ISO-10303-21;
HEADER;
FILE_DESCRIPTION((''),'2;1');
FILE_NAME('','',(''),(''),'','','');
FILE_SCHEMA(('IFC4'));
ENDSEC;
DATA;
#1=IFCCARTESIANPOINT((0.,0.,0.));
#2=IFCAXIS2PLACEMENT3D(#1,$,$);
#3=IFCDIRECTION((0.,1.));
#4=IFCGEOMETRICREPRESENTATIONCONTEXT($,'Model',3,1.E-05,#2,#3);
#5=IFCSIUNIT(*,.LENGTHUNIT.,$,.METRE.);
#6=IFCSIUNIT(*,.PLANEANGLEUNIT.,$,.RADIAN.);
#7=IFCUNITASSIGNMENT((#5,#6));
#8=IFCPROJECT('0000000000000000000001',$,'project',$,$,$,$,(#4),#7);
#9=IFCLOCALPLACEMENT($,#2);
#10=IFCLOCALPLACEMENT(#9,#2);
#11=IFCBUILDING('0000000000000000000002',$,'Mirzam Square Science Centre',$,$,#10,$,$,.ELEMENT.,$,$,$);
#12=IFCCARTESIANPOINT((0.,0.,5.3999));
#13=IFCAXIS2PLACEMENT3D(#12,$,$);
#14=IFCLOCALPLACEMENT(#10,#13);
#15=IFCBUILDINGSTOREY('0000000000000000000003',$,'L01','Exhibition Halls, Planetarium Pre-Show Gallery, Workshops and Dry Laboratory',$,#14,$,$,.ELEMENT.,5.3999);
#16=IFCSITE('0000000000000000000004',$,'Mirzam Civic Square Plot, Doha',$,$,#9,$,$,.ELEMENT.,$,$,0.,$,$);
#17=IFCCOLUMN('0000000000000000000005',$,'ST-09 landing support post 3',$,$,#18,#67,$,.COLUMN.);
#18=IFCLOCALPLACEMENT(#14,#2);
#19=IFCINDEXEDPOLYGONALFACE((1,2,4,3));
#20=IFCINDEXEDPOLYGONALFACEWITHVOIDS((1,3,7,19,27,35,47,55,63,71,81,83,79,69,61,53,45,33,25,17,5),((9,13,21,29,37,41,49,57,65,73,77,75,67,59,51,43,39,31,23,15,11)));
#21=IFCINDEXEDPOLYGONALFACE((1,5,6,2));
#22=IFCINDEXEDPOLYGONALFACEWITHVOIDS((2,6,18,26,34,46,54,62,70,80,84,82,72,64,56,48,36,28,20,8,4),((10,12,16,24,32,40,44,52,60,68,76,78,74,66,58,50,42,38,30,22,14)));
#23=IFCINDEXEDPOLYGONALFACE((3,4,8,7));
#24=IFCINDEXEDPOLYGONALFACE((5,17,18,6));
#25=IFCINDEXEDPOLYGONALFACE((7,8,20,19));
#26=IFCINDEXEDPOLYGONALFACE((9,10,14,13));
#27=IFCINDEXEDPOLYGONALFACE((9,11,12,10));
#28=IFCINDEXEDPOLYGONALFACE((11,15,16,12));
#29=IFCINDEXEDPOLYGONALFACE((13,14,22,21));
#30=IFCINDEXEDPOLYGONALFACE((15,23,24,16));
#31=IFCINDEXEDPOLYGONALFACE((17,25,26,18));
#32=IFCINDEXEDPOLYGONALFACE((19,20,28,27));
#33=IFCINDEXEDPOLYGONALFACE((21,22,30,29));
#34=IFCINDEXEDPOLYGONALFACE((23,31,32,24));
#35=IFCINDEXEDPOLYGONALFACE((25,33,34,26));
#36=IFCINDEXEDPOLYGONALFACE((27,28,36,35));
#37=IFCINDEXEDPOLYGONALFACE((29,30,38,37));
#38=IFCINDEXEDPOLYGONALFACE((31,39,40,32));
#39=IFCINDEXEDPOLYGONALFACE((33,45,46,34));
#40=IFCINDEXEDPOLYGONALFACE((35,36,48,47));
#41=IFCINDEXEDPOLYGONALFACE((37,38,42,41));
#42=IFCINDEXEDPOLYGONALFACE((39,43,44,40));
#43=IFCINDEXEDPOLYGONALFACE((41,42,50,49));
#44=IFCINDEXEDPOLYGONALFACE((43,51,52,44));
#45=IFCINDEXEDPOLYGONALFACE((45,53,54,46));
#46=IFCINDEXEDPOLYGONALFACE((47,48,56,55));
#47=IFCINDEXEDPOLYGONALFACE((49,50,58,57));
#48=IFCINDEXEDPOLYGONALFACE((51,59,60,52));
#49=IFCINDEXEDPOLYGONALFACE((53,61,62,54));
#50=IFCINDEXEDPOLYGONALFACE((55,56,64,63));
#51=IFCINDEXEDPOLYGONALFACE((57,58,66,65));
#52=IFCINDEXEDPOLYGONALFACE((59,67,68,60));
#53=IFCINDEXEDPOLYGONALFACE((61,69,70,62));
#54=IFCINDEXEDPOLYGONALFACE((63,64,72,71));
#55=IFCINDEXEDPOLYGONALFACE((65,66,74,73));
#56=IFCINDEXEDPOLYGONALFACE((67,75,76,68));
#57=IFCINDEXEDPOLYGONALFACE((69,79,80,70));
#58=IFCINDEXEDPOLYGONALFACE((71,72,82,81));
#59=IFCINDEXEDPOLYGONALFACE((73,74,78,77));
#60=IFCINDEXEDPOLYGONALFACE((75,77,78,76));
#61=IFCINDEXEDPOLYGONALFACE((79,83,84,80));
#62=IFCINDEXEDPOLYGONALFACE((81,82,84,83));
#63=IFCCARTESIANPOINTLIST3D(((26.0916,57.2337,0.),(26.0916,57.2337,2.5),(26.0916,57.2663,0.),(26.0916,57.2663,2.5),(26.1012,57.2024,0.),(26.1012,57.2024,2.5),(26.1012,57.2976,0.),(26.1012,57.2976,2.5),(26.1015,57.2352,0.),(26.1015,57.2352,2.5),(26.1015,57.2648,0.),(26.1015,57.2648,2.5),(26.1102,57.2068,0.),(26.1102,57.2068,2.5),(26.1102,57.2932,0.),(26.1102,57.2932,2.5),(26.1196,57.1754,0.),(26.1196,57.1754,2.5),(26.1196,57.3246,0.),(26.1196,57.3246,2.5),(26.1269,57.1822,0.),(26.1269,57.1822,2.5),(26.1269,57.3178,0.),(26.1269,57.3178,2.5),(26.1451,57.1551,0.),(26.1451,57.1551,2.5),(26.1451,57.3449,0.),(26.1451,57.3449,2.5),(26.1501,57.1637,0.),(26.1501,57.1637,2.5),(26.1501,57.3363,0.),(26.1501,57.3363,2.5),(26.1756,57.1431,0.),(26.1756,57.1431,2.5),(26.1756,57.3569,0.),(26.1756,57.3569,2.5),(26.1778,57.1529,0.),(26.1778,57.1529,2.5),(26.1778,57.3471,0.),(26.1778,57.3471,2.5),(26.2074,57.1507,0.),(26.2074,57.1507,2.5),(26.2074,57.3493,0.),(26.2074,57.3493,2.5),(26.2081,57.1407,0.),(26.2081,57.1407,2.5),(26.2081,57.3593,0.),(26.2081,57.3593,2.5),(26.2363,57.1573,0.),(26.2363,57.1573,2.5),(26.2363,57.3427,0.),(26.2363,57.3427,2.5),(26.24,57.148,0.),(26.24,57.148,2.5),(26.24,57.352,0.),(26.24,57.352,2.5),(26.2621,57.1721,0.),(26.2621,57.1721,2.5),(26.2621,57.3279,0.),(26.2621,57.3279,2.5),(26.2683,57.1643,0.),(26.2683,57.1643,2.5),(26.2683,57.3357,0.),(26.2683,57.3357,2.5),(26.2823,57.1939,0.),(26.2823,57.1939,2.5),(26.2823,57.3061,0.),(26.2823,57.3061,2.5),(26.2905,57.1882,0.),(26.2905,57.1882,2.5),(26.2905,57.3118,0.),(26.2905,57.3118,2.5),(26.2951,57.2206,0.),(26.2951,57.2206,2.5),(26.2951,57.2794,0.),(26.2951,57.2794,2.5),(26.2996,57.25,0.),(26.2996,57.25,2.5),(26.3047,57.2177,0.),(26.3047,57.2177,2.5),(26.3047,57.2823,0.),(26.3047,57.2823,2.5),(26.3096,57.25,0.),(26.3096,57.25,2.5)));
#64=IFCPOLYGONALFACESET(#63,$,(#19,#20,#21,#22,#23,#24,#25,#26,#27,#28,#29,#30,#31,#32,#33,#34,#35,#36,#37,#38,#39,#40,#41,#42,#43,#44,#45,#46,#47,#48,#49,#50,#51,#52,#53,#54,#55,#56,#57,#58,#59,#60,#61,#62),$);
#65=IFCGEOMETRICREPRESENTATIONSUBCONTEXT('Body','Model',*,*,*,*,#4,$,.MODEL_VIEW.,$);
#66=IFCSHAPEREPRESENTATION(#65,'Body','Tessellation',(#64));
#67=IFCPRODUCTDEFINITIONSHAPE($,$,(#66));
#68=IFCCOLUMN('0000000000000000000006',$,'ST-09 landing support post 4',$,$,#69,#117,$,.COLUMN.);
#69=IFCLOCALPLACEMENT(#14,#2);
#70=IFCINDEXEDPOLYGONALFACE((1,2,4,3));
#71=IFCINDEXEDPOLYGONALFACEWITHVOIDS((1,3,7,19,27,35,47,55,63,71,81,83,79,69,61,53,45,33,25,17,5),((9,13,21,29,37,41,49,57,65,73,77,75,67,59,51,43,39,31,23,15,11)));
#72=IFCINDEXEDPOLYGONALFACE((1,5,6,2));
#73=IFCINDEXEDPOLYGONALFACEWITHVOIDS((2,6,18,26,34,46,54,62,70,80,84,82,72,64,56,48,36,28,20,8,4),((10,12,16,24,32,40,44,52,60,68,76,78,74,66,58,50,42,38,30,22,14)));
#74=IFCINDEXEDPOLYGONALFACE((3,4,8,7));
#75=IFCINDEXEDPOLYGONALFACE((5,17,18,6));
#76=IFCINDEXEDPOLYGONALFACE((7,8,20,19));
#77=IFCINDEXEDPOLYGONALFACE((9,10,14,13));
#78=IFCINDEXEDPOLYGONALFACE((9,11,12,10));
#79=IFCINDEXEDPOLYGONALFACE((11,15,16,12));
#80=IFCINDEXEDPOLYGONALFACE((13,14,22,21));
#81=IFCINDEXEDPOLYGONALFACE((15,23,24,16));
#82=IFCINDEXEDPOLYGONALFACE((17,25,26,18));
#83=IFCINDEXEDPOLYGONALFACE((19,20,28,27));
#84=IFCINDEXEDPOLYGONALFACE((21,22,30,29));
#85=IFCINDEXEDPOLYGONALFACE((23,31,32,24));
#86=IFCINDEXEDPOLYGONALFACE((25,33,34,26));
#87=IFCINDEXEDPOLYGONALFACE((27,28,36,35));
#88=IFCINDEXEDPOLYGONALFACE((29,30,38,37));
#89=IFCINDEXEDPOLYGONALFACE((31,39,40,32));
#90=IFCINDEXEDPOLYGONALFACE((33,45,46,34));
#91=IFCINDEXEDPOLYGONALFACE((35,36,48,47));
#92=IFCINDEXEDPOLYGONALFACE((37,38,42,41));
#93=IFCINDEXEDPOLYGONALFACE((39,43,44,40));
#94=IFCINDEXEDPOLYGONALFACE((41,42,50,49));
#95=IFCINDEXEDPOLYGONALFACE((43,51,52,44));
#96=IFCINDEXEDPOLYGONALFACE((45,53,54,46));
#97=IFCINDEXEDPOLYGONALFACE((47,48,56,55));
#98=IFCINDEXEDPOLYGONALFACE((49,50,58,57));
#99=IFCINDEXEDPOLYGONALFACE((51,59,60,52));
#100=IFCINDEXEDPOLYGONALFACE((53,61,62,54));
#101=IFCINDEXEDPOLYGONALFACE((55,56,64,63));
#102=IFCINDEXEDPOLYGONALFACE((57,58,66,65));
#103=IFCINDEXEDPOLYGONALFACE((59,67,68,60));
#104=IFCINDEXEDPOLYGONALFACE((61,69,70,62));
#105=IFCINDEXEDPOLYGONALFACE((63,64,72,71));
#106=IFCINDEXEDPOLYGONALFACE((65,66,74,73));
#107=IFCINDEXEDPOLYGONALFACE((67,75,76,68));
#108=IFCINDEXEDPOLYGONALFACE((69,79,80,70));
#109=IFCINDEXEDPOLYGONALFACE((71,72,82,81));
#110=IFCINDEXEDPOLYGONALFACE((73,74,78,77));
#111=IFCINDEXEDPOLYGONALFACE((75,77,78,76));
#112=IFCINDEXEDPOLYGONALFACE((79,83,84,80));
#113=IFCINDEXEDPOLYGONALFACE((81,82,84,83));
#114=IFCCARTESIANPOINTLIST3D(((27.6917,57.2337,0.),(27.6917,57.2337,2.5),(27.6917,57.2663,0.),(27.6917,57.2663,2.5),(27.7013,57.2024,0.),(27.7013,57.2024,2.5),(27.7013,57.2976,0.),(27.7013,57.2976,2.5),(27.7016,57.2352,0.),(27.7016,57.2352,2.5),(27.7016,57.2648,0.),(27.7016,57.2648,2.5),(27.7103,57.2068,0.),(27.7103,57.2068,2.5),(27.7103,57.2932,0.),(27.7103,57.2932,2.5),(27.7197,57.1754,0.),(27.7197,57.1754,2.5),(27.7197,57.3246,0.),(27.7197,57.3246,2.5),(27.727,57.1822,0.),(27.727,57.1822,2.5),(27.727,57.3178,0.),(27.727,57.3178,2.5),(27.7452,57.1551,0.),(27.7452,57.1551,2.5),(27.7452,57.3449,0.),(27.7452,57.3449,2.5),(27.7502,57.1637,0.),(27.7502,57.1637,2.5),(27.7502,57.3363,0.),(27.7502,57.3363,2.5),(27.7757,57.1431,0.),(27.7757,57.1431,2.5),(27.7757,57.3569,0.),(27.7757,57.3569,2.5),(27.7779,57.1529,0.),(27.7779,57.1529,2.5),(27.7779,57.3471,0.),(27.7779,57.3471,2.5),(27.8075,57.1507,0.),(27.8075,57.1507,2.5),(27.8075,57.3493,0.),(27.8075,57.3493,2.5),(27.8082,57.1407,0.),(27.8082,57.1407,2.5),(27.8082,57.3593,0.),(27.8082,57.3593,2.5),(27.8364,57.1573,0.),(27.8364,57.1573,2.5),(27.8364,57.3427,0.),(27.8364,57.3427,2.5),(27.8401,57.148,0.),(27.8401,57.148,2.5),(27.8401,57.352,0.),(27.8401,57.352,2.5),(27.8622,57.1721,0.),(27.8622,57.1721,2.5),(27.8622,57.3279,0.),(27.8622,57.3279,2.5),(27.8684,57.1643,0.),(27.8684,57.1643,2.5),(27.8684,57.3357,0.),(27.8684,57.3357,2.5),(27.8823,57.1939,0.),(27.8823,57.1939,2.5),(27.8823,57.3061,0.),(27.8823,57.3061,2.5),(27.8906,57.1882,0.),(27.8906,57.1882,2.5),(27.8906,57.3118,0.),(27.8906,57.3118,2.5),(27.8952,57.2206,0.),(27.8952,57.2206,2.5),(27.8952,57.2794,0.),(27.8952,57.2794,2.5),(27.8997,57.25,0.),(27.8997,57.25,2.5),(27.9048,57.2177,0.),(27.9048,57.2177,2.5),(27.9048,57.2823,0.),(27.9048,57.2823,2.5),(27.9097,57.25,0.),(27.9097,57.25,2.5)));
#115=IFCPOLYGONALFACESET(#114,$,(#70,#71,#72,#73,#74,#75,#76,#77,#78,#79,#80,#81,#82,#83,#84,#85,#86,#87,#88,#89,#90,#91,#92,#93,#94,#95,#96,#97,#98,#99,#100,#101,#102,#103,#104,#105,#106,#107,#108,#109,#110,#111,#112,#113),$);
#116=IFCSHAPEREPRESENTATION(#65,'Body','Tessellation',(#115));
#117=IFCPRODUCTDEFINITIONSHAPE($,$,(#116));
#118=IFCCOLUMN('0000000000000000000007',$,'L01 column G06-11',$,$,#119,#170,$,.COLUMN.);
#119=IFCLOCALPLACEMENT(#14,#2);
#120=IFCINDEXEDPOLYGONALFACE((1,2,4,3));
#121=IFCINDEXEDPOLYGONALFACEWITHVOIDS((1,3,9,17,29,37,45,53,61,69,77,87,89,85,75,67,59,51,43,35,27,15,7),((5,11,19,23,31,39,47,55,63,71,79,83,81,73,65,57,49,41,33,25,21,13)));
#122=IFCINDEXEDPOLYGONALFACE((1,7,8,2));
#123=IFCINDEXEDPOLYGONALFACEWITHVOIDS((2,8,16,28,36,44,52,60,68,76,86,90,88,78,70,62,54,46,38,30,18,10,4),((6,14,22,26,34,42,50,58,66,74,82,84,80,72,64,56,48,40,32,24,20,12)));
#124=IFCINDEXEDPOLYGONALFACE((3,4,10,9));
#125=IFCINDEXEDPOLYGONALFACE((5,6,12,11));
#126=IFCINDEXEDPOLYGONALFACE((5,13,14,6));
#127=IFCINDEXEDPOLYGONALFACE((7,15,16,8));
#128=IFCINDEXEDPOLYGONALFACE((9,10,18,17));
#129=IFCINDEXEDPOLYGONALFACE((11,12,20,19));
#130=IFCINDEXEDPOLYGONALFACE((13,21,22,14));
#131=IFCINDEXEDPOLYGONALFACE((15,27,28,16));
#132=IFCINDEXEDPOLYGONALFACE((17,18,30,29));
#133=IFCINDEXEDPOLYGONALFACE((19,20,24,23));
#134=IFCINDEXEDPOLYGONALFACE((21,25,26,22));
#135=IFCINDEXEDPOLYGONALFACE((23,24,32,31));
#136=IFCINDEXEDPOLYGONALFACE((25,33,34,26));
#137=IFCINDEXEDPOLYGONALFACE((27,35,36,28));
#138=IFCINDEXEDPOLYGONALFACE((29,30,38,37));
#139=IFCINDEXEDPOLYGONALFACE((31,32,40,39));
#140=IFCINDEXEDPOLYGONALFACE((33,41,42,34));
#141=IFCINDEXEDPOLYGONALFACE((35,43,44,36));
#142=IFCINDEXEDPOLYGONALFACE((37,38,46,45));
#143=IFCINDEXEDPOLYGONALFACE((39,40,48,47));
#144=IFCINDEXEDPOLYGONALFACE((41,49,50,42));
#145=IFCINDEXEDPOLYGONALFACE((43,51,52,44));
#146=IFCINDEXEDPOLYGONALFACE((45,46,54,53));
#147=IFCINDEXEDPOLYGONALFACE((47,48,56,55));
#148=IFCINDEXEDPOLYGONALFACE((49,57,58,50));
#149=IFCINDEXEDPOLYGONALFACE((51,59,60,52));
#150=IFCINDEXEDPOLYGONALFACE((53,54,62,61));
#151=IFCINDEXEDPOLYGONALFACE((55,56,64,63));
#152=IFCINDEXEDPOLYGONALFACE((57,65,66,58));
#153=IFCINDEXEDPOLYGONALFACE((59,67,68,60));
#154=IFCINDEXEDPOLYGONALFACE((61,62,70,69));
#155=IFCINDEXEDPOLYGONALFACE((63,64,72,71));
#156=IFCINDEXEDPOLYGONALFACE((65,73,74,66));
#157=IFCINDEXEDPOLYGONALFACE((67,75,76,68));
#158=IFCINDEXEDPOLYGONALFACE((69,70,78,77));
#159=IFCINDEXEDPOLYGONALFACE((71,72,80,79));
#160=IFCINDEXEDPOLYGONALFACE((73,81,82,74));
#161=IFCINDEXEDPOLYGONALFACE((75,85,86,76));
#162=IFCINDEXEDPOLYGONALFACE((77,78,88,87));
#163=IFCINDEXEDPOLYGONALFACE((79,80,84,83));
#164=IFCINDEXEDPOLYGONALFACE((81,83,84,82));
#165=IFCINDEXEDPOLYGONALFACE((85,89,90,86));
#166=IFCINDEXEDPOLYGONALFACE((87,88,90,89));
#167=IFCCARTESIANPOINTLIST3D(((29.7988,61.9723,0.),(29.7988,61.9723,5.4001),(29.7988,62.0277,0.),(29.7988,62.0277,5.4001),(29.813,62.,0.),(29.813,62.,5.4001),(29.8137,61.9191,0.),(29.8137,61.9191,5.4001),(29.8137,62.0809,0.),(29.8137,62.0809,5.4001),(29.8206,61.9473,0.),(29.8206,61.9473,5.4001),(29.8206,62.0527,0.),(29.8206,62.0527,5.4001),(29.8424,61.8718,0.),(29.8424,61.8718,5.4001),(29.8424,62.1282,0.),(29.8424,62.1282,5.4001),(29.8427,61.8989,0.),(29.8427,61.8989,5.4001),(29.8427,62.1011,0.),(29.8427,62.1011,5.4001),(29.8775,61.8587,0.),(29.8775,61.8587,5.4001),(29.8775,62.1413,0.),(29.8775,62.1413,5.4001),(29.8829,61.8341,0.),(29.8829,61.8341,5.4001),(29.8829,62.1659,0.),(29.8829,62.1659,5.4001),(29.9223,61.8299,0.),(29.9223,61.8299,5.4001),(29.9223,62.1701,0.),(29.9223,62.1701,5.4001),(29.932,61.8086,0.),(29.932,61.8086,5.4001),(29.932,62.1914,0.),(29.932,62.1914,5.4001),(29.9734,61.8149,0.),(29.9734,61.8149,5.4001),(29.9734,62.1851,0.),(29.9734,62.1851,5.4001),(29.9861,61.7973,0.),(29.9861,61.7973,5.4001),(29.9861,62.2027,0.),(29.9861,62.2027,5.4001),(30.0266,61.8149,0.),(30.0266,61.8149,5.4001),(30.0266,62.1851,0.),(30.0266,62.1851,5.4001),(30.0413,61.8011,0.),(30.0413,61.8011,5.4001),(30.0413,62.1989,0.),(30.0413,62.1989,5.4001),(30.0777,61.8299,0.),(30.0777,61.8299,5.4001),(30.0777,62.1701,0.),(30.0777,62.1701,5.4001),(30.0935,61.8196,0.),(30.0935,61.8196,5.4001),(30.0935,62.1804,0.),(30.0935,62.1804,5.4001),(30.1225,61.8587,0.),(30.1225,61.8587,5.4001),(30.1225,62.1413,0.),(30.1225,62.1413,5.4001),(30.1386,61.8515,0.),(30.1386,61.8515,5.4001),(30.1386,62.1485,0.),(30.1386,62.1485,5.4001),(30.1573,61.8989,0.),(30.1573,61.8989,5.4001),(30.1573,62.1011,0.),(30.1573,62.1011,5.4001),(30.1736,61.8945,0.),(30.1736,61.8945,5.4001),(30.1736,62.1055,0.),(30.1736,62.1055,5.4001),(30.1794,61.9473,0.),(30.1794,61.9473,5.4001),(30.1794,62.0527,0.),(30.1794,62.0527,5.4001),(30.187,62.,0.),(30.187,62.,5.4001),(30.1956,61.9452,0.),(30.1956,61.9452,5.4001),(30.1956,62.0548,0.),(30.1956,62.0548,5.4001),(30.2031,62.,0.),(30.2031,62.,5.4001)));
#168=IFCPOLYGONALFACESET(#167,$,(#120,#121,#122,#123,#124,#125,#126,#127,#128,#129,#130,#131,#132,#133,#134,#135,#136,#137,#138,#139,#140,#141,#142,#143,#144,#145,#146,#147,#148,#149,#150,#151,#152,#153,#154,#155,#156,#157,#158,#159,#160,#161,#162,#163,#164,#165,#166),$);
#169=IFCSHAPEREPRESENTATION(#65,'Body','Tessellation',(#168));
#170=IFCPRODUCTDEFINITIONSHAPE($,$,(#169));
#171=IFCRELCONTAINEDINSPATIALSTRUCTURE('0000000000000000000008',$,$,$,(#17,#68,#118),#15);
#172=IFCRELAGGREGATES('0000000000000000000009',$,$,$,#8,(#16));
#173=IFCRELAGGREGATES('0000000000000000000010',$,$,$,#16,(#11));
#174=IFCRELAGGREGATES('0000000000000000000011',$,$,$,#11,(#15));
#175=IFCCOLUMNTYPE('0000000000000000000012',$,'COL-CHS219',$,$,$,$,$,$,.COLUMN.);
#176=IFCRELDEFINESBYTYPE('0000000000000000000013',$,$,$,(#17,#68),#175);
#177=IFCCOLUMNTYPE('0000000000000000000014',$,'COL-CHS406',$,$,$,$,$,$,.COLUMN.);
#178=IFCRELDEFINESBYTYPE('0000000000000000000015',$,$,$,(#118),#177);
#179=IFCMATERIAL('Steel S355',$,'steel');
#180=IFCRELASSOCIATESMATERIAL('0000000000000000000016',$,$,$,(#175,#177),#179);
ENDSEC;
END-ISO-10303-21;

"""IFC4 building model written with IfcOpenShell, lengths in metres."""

from ifc_helpers import new_model, si_unit, direction, frame, origin, origin_2d, place, context, subcontext, project, spatial, hollow_circle, extrude, material, material_profile, profile_set, type_object, element, save


model = new_model("IFC4")

# Units and contexts
model_context = context("Model", 3, precision=1e-05, world=origin(), true_north=direction((0.0, 1.0)))
body_context = subcontext(model_context, "Body", "Model", "MODEL_VIEW")
ifc_project = project(units=[si_unit("LENGTHUNIT", "METRE"), si_unit("PLANEANGLEUNIT", "RADIAN")], contexts=[model_context])

# Site, building, storey
site_placement = place(None, origin())
site = spatial("IfcSite", under=ifc_project, at=site_placement, Name="Mirzam Civic Square Plot, Doha", CompositionType="ELEMENT", RefElevation=0.0)
building_placement = place(site_placement, origin())
building = spatial("IfcBuilding", under=site, at=building_placement, Name="Mirzam Square Science Centre", CompositionType="ELEMENT")
storey_placement = place(building_placement, frame((0.0, 0.0, 5.3999)))
storey = spatial("IfcBuildingStorey", under=building, at=storey_placement, Name="L01", Description="Exhibition Halls, Planetarium Pre-Show Gallery, Workshops and Dry Laboratory", CompositionType="ELEMENT", Elevation=5.3999)

# Columns
ifc_material_1 = material(Name="Steel S355", Category="steel")
ifc_material_profile_1 = material_profile(ifc_material_1, hollow_circle(Radius=0.1096, WallThickness=0.01, at=origin_2d()), Name="219.1x10.0CHS")
ifc_profile_set_1 = profile_set([ifc_material_profile_1], Name="Steel S355")
column_type_1 = type_object("IfcColumnType", Name="COL-CHS219", PredefinedType="COLUMN", material=ifc_profile_set_1)
for number, where, z_axis, x_axis, name in (
    (1, (26.2, 57.25, 0.0), (0.0, 0.0, 1.0), (1.0, 0.0, 0.0), "ST-09 landing support post 3"),
    (2, (27.8, 57.25, 0.0), (0.0, 0.0, 1.0), (1.0, 0.0, 0.0), "ST-09 landing support post 4"),
):
    element("IfcColumn", number, at=place(storey_placement, frame(where, z_axis=z_axis, x_axis=x_axis)), inside=storey, type_object=column_type_1, Name=name, PredefinedType="COLUMN", context=body_context, shape_type="SweptSolid", body=[
        extrude(hollow_circle(Radius=0.1096, WallThickness=0.01, at=origin_2d()), origin(), (0.0, 0.0, 1.0), 2.5),
    ])
ifc_material_profile_2 = material_profile(ifc_material_1, hollow_circle(Radius=0.2031, WallThickness=0.0161, at=origin_2d()), Name="406.4x16.0CHS")
ifc_profile_set_2 = profile_set([ifc_material_profile_2], Name="Steel S355")
column_type_2 = type_object("IfcColumnType", Name="COL-CHS406", PredefinedType="COLUMN", material=ifc_profile_set_2)
column_1_placement = place(storey_placement, frame((30.0, 62.0, 0.0), z_axis=(0.0, 0.0, 1.0), x_axis=(1.0, 0.0, 0.0)))
element("IfcColumn", 3, at=column_1_placement, inside=storey, type_object=column_type_2, Name="L01 column G06-11", PredefinedType="COLUMN", context=body_context, shape_type="SweptSolid", body=[
    extrude(hollow_circle(Radius=0.2031, WallThickness=0.0161, at=origin_2d()), origin(), (0.0, 0.0, 1.0), 5.4001),
])

save(model, "model.ifc")
